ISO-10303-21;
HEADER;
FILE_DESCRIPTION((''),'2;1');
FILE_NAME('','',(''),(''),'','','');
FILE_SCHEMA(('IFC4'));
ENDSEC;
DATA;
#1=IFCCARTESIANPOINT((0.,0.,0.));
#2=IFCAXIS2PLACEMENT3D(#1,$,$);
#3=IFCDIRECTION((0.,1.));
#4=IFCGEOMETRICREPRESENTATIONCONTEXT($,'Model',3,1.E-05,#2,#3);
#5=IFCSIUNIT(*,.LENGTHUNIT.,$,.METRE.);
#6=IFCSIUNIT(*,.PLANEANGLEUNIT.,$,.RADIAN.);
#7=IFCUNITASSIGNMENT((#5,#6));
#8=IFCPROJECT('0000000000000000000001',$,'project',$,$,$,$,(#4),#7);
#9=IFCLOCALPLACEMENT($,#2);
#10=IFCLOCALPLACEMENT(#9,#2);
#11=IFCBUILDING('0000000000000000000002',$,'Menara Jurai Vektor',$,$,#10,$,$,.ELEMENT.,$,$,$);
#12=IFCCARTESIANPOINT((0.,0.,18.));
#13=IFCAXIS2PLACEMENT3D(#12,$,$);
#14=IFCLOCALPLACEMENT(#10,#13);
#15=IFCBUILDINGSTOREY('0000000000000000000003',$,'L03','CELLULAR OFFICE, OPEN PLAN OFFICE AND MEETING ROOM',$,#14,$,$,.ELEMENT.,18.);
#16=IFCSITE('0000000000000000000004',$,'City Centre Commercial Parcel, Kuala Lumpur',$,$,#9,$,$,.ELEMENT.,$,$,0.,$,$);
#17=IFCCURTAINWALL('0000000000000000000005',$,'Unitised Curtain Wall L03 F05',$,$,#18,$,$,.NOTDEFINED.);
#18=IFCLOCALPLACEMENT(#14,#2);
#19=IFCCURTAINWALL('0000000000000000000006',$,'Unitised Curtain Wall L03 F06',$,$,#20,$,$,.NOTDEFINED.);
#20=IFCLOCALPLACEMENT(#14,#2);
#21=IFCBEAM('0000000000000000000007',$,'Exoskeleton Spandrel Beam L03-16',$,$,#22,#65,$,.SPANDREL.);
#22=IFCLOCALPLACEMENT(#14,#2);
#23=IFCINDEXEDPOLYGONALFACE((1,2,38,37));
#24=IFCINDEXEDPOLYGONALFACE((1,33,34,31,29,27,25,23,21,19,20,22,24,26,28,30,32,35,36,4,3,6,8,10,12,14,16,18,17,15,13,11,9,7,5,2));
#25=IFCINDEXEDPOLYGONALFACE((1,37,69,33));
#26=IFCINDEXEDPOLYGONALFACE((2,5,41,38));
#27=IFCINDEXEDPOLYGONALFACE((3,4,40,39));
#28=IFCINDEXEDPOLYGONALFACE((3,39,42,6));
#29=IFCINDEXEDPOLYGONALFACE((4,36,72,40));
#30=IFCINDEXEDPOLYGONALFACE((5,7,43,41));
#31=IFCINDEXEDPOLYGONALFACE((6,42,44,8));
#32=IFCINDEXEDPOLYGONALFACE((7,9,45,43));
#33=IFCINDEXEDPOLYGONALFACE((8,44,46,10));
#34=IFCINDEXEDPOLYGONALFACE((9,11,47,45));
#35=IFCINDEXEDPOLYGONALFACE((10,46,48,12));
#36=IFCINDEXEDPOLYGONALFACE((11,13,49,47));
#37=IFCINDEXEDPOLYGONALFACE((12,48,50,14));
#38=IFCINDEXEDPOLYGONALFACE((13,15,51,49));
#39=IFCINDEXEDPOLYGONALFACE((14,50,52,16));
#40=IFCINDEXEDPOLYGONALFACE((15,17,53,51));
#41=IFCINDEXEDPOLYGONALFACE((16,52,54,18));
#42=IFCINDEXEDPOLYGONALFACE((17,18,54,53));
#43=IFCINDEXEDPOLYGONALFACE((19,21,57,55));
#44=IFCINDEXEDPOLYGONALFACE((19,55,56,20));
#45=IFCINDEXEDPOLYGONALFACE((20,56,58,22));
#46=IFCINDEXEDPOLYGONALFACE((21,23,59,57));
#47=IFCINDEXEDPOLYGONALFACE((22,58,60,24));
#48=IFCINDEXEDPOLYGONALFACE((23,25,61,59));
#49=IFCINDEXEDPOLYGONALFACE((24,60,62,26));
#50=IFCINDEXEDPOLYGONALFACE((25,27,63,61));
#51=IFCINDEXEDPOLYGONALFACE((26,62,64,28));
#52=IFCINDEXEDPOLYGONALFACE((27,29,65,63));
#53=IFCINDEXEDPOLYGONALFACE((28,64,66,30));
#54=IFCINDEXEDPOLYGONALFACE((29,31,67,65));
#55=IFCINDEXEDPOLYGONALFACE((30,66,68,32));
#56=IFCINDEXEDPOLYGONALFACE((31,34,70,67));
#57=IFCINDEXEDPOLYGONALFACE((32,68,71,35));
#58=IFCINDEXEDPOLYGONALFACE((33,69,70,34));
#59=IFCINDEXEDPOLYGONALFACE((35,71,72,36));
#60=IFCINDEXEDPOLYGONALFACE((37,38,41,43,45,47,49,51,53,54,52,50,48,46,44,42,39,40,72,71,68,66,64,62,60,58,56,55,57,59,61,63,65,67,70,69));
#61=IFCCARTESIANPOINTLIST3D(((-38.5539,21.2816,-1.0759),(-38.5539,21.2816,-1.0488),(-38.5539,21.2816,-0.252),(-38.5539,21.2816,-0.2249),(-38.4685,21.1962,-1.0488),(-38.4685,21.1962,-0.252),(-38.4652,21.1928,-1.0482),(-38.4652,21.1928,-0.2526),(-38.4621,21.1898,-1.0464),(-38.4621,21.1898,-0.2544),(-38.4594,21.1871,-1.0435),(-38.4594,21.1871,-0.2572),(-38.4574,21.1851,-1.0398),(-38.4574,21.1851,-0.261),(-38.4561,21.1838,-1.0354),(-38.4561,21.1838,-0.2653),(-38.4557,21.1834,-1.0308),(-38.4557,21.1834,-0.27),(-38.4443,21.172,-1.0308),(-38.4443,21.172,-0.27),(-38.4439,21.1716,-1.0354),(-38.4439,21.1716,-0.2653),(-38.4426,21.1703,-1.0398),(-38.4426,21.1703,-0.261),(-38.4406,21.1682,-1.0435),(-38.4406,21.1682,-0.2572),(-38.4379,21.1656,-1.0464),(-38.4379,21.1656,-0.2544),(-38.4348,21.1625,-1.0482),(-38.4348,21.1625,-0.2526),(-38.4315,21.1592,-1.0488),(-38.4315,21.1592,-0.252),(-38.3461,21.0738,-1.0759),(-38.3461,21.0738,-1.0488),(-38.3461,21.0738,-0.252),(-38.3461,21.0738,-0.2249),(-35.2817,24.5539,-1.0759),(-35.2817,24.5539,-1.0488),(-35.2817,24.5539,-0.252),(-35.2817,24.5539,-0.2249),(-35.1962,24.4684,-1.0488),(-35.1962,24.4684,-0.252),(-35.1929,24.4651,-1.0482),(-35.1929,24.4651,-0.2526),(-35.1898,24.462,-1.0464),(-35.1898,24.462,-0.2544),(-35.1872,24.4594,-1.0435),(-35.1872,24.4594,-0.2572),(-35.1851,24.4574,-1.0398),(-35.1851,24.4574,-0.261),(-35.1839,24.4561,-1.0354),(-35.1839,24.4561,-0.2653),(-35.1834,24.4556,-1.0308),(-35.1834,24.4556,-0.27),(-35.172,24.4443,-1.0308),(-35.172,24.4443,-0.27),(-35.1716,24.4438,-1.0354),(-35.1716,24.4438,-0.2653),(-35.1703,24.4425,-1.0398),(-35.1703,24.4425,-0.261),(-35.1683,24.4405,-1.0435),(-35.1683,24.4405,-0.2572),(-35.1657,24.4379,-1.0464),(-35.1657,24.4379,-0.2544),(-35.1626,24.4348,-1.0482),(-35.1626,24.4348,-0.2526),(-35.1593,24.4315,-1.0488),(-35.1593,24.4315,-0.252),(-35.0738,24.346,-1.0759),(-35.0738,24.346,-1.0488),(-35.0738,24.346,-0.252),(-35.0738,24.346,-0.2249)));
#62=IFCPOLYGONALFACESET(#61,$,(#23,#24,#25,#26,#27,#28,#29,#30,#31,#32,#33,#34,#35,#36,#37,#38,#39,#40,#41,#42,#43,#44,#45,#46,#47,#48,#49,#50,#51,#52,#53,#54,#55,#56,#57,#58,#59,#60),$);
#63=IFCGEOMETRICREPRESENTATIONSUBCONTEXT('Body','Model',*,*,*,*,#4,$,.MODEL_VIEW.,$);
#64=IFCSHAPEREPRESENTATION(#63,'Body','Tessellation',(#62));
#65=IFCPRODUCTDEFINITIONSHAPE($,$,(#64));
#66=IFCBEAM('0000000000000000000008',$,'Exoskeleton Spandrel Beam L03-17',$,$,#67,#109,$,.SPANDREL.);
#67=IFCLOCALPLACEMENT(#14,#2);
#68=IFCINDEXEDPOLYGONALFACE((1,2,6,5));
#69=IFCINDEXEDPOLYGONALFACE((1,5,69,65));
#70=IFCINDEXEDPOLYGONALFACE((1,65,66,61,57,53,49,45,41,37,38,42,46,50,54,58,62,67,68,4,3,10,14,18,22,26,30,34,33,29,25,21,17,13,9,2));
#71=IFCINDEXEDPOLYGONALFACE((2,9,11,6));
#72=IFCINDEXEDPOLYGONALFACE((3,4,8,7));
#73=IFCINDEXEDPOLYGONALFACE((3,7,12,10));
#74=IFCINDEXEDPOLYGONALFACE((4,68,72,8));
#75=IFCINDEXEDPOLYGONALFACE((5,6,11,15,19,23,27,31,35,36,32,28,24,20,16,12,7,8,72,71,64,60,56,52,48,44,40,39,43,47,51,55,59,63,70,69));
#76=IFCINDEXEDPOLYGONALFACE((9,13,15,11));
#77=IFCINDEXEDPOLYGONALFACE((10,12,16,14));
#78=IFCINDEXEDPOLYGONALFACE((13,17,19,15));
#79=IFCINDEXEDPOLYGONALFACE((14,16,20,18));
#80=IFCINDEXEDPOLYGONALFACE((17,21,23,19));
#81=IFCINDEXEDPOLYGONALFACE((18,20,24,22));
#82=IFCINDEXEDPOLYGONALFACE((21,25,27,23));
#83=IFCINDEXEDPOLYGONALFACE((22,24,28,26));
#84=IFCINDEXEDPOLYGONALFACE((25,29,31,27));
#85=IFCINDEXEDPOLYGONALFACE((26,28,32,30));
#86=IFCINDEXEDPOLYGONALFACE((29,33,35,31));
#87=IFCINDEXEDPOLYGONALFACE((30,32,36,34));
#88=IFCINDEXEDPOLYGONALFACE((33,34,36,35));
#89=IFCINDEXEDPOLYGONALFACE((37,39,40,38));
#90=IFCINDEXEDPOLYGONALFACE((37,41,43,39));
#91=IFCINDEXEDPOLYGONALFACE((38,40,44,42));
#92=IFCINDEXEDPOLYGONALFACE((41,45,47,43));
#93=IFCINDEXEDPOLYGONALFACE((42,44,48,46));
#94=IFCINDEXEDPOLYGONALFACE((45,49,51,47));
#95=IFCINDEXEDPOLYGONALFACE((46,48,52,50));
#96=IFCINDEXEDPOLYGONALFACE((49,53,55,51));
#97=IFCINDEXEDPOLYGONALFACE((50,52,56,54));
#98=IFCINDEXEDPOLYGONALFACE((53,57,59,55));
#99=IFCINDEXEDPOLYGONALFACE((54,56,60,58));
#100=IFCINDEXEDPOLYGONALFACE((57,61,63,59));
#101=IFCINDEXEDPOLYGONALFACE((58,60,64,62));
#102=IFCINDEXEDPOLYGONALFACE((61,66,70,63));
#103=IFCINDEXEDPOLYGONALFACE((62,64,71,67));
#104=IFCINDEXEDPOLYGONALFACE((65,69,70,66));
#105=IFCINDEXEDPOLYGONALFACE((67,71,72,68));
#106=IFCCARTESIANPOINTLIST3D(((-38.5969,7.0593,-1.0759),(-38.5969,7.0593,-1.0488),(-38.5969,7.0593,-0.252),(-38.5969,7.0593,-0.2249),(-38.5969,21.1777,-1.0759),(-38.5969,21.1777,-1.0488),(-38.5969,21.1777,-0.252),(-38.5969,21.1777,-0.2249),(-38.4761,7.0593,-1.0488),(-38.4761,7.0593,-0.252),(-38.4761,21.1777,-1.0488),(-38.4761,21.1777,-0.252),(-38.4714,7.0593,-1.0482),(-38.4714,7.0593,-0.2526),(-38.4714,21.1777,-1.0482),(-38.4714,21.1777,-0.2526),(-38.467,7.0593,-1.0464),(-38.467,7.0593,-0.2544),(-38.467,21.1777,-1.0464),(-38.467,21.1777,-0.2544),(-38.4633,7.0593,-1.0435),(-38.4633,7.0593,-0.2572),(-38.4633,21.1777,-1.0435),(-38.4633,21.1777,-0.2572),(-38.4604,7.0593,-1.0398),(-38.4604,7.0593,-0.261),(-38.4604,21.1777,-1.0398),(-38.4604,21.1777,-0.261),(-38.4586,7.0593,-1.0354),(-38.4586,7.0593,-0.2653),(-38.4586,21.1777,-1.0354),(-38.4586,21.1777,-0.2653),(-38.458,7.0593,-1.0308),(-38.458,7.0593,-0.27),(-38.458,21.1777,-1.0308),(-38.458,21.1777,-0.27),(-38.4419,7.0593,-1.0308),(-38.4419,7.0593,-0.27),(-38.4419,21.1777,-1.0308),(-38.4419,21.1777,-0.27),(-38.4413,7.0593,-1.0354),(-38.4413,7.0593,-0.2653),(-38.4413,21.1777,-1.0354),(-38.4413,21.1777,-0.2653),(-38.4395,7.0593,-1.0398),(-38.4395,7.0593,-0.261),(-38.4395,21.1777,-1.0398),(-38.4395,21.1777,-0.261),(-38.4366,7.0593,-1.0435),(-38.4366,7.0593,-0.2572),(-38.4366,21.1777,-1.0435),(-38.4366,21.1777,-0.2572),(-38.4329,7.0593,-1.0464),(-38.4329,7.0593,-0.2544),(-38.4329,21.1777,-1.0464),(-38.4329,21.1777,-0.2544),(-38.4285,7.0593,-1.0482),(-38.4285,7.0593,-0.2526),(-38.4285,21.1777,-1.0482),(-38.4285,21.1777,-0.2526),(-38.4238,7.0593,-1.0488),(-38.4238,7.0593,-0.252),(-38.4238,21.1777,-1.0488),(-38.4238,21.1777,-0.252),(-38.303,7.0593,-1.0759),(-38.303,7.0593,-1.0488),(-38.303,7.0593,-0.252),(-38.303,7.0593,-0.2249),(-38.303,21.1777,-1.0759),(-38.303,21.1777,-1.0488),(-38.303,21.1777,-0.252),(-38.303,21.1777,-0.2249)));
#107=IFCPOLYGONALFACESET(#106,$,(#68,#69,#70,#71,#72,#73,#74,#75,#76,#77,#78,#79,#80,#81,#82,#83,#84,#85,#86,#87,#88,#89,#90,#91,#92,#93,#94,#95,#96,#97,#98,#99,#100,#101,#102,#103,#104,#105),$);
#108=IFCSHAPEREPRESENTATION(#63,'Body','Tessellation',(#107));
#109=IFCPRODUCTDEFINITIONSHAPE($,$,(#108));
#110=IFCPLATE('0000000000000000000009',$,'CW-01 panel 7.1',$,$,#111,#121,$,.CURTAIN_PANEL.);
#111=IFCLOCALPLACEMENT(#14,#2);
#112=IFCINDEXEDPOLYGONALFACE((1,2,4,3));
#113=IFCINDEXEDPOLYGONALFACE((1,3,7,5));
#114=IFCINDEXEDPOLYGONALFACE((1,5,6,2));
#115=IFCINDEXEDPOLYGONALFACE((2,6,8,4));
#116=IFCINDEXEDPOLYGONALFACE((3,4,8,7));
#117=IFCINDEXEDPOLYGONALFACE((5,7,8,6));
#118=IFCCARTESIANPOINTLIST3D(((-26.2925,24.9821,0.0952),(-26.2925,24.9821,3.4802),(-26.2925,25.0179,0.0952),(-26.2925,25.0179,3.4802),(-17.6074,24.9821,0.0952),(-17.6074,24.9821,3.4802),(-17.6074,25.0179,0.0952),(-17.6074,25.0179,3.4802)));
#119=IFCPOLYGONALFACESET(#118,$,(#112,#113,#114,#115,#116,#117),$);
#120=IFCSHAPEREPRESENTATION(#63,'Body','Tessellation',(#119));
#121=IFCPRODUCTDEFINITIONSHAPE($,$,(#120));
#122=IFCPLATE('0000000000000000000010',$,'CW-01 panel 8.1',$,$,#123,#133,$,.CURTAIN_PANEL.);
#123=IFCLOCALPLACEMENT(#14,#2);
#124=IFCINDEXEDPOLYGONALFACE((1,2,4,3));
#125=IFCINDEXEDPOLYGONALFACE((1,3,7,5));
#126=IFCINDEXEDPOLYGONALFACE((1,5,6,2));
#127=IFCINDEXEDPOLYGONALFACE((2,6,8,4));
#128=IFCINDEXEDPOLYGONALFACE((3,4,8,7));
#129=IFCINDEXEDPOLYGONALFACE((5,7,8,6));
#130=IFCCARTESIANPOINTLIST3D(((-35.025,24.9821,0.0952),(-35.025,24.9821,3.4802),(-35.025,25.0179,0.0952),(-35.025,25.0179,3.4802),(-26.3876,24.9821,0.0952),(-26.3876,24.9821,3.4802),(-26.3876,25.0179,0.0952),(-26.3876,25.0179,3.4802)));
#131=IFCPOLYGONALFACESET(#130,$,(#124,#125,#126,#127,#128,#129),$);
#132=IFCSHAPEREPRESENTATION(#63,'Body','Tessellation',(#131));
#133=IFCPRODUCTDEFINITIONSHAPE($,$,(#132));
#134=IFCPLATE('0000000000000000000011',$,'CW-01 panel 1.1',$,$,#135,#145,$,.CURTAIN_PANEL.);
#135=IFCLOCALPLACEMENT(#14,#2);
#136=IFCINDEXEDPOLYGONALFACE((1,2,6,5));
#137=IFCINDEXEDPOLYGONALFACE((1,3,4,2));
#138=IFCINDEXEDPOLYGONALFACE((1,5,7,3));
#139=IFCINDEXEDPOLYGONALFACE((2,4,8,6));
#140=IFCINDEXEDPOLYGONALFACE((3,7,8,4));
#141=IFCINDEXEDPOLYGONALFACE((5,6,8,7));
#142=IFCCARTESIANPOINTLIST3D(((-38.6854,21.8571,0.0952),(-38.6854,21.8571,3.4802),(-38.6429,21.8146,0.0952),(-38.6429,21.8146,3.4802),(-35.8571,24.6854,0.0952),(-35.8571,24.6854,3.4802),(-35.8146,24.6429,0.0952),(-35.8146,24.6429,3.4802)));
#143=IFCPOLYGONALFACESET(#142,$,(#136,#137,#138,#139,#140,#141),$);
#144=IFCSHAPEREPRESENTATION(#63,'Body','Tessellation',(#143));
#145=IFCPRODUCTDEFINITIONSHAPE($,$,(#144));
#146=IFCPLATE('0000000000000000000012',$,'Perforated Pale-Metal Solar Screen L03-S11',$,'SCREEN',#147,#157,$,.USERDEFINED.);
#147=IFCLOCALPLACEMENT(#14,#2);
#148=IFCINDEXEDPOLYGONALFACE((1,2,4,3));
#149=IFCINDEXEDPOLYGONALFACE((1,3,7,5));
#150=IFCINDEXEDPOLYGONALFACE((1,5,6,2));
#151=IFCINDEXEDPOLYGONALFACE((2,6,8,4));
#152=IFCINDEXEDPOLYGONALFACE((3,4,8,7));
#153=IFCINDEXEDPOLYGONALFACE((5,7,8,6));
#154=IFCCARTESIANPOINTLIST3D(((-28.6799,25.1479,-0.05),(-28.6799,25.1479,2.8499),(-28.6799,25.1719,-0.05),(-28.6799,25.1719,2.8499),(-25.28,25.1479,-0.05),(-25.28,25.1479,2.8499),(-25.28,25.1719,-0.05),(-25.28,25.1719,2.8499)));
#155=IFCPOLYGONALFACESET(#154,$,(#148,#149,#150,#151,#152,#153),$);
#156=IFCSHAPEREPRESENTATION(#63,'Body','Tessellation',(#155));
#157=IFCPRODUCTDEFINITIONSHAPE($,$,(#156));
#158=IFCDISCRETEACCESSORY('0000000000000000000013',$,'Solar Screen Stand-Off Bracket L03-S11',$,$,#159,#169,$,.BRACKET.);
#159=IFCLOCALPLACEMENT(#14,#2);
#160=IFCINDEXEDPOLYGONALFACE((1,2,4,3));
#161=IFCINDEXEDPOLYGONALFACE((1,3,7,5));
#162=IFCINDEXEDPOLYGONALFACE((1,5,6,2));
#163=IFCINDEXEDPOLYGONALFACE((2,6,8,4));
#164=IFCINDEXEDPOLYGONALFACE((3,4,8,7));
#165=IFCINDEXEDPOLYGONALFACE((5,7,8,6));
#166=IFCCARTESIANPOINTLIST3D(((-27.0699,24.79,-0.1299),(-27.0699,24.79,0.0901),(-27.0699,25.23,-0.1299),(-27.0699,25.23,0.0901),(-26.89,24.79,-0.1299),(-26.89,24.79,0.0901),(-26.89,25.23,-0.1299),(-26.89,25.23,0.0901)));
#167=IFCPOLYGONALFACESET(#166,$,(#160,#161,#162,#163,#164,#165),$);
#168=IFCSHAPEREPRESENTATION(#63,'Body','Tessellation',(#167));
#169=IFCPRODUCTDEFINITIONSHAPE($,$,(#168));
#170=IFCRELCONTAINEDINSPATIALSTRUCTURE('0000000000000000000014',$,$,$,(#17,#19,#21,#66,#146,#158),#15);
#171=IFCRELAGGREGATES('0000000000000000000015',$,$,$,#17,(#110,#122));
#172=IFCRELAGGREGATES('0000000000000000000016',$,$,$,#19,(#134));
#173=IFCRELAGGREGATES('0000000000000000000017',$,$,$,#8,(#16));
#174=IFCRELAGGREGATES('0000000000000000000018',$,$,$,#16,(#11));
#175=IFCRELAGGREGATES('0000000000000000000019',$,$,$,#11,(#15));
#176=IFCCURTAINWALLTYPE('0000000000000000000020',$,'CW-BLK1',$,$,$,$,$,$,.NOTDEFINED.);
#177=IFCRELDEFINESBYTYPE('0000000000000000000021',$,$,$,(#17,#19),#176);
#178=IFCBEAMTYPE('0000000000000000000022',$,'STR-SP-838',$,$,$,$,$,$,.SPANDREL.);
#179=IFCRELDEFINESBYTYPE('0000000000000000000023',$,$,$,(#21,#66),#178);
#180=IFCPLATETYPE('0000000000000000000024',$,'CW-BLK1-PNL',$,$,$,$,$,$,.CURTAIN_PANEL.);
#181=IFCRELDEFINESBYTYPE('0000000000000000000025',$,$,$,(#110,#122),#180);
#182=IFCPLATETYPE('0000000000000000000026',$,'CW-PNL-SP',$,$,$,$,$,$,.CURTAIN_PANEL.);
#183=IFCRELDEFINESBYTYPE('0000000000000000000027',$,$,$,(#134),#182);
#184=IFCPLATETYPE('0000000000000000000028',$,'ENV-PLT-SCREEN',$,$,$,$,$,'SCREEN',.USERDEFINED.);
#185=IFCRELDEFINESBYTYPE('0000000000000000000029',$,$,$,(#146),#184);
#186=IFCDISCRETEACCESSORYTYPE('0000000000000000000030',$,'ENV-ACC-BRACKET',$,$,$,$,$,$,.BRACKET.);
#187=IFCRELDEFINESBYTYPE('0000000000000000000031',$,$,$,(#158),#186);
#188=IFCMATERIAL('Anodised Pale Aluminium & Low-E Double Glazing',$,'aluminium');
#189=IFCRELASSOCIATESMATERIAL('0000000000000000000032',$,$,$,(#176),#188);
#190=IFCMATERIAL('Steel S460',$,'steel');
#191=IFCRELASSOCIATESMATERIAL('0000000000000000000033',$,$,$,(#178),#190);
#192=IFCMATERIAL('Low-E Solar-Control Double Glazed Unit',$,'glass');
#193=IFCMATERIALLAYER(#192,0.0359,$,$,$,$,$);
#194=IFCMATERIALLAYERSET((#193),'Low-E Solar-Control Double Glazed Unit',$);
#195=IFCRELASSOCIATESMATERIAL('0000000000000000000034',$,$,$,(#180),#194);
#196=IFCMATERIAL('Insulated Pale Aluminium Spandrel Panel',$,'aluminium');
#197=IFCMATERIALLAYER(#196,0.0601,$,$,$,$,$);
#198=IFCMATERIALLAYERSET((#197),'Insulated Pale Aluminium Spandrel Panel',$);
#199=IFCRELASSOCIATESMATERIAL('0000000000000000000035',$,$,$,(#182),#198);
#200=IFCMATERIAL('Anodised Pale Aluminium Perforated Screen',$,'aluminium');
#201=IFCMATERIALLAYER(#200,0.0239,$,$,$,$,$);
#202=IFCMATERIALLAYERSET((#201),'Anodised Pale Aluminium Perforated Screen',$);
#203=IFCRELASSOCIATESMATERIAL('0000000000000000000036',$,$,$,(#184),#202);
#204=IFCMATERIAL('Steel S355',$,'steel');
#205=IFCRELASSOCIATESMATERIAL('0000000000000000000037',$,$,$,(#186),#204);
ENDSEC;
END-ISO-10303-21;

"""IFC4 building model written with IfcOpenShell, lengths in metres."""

from ifc_helpers import new_model, si_unit, direction, frame, origin, origin_2d, place, context, subcontext, project, spatial, rectangle, i_section, extrude, material, layer, layer_set, material_profile, profile_set, type_object, element, aggregate, save


model = new_model("IFC4")

# Units and contexts
model_context = context("Model", 3, precision=1e-05, world=origin(), true_north=direction((0.0, 1.0)))
body_context = subcontext(model_context, "Body", "Model", "MODEL_VIEW")
ifc_project = project(units=[si_unit("LENGTHUNIT", "METRE"), si_unit("PLANEANGLEUNIT", "RADIAN")], contexts=[model_context])

# Site, building, storey
site_placement = place(None, origin())
site = spatial("IfcSite", under=ifc_project, at=site_placement, Name="City Centre Commercial Parcel, Kuala Lumpur", CompositionType="ELEMENT", RefElevation=0.0)
building_placement = place(site_placement, origin())
building = spatial("IfcBuilding", under=site, at=building_placement, Name="Menara Jurai Vektor", CompositionType="ELEMENT")
storey_placement = place(building_placement, frame((0.0, 0.0, 18.0)))
storey = spatial("IfcBuildingStorey", under=building, at=storey_placement, Name="L03", Description="CELLULAR OFFICE, OPEN PLAN OFFICE AND MEETING ROOM", CompositionType="ELEMENT", Elevation=18.0)

# Shared definitions
ifc_material_1 = material(Name="Steel S460", Category="steel")

# Curtain walls
ifc_material_2 = material(Name="Anodised Pale Aluminium & Low-E Double Glazing", Category="aluminium")
curtain_wall_type = type_object("IfcCurtainWallType", Name="CW-BLK1", PredefinedType="NOTDEFINED", material=ifc_material_2)
curtain_wall_1_placement = place(storey_placement, origin())
curtain_wall_1 = element("IfcCurtainWall", 1, at=curtain_wall_1_placement, inside=storey, type_object=curtain_wall_type, Name="Unitised Curtain Wall L03 F05", PredefinedType="NOTDEFINED")
curtain_wall_2_placement = place(storey_placement, origin())
curtain_wall_2 = element("IfcCurtainWall", 2, at=curtain_wall_2_placement, inside=storey, type_object=curtain_wall_type, Name="Unitised Curtain Wall L03 F06", PredefinedType="NOTDEFINED")

# Shared definitions
ifc_material_3 = material(Name="Steel S355", Category="steel")

# Beams
ifc_material_profile_1 = material_profile(ifc_material_1, i_section(OverallWidth=0.2939, OverallDepth=0.8511, WebThickness=0.0161, FlangeThickness=0.0271, FilletRadius=0.0181, at=origin_2d()), Name="UKB 838x292x226")
ifc_profile_set_1 = profile_set([ifc_material_profile_1], Name="Steel S460")
beam_type_1 = type_object("IfcBeamType", Name="STR-SP-838", PredefinedType="SPANDREL", material=ifc_profile_set_1)
beam_1_placement = place(storey_placement, frame((-35.1777, 24.45, -0.6504), z_axis=(-0.707107, -0.707107, 0.0), x_axis=(0.707107, -0.707107, 0.0)))
element("IfcBeam", 3, at=beam_1_placement, inside=storey, type_object=beam_type_1, Name="Exoskeleton Spandrel Beam L03-16", PredefinedType="SPANDREL", context=body_context, shape_type="SweptSolid", body=[
    extrude(i_section(OverallWidth=0.2939, OverallDepth=0.8511, WebThickness=0.0161, FlangeThickness=0.0271, FilletRadius=0.0181, at=origin_2d()), origin(), (0.0, 0.0, 1.0), 4.6277),
])
beam_2_placement = place(storey_placement, frame((-38.45, 21.1777, -0.6504), z_axis=(0.0, -1.0, 0.0), x_axis=(1.0, 0.0, 0.0)))
element("IfcBeam", 4, at=beam_2_placement, inside=storey, type_object=beam_type_1, Name="Exoskeleton Spandrel Beam L03-17", PredefinedType="SPANDREL", context=body_context, shape_type="SweptSolid", body=[
    extrude(i_section(OverallWidth=0.2939, OverallDepth=0.8511, WebThickness=0.0161, FlangeThickness=0.0271, FilletRadius=0.0181, at=origin_2d()), origin(), (0.0, 0.0, 1.0), 14.1184),
])

# Plates
ifc_material_4 = material(Name="Low-E Solar-Control Double Glazed Unit", Category="glass")
ifc_layer_1 = layer(ifc_material_4, 0.0359)
ifc_layer_set_1 = layer_set([ifc_layer_1], Name="Low-E Solar-Control Double Glazed Unit")
plate_type_1 = type_object("IfcPlateType", Name="CW-BLK1-PNL", PredefinedType="CURTAIN_PANEL", material=ifc_layer_set_1)
plate_1_placement = place(storey_placement, frame((-21.95, 25.0, 0.0952), z_axis=(0.0, 0.0, 1.0), x_axis=(-1.0, 0.0, 0.0)))
plate_1 = element("IfcPlate", 5, at=plate_1_placement, type_object=plate_type_1, Name="CW-01 panel 7.1", PredefinedType="CURTAIN_PANEL", context=body_context, shape_type="SweptSolid", body=[
    extrude(rectangle(XDim=8.6851, YDim=0.0359, at=origin_2d()), origin(), (0.0, 0.0, 1.0), 3.385),
])
plate_2_placement = place(storey_placement, frame((-30.7063, 25.0, 0.0952), z_axis=(0.0, 0.0, 1.0), x_axis=(-1.0, 0.0, 0.0)))
plate_2 = element("IfcPlate", 6, at=plate_2_placement, type_object=plate_type_1, Name="CW-01 panel 8.1", PredefinedType="CURTAIN_PANEL", context=body_context, shape_type="SweptSolid", body=[
    extrude(rectangle(XDim=8.6375, YDim=0.0359, at=origin_2d()), origin(), (0.0, 0.0, 1.0), 3.385),
])
aggregate(curtain_wall_1, [plate_1, plate_2])
ifc_material_5 = material(Name="Insulated Pale Aluminium Spandrel Panel", Category="aluminium")
ifc_layer_2 = layer(ifc_material_5, 0.0601)
ifc_layer_set_2 = layer_set([ifc_layer_2], Name="Insulated Pale Aluminium Spandrel Panel")
plate_type_2 = type_object("IfcPlateType", Name="CW-PNL-SP", PredefinedType="CURTAIN_PANEL", material=ifc_layer_set_2)
plate_3_placement = place(storey_placement, frame((-37.25, 23.25, 0.0952), z_axis=(0.0, 0.0, 1.0), x_axis=(-0.707107, -0.707107, 0.0)))
plate_3 = element("IfcPlate", 7, at=plate_3_placement, type_object=plate_type_2, Name="CW-01 panel 1.1", PredefinedType="CURTAIN_PANEL", context=body_context, shape_type="SweptSolid", body=[
    extrude(rectangle(XDim=3.9998, YDim=0.0601, at=origin_2d()), origin(), (0.0, 0.0, 1.0), 3.385),
])
aggregate(curtain_wall_2, [plate_3])
ifc_material_6 = material(Name="Anodised Pale Aluminium Perforated Screen", Category="aluminium")
ifc_layer_3 = layer(ifc_material_6, 0.0239)
ifc_layer_set_3 = layer_set([ifc_layer_3], Name="Anodised Pale Aluminium Perforated Screen")
plate_type_3 = type_object("IfcPlateType", Name="ENV-PLT-SCREEN", ElementType="SCREEN", PredefinedType="USERDEFINED", material=ifc_layer_set_3)
plate_4_placement = place(storey_placement, frame((-26.98, 25.1599, -0.05), z_axis=(0.0, 0.0, 1.0), x_axis=(-1.0, 0.0, 0.0)))
element("IfcPlate", 8, at=plate_4_placement, inside=storey, type_object=plate_type_3, Name="Perforated Pale-Metal Solar Screen L03-S11", ObjectType="SCREEN", PredefinedType="USERDEFINED", context=body_context, shape_type="SweptSolid", body=[
    extrude(rectangle(XDim=3.3999, YDim=0.0239, at=origin_2d()), origin(), (0.0, 0.0, 1.0), 2.8999),
])

# Discrete accessory
discrete_accessory_type = type_object("IfcDiscreteAccessoryType", Name="ENV-ACC-BRACKET", PredefinedType="BRACKET", material=ifc_material_3)
discrete_accessory_placement = place(storey_placement, frame((-26.98, 25.01, -0.1299), z_axis=(0.0, 0.0, 1.0), x_axis=(-1.0, 0.0, 0.0)))
element("IfcDiscreteAccessory", 9, at=discrete_accessory_placement, inside=storey, type_object=discrete_accessory_type, Name="Solar Screen Stand-Off Bracket L03-S11", PredefinedType="BRACKET", context=body_context, shape_type="SweptSolid", body=[
    extrude(rectangle(XDim=0.1799, YDim=0.4399, at=origin_2d()), origin(), (0.0, 0.0, 1.0), 0.22),
])

save(model, "model.ifc")
